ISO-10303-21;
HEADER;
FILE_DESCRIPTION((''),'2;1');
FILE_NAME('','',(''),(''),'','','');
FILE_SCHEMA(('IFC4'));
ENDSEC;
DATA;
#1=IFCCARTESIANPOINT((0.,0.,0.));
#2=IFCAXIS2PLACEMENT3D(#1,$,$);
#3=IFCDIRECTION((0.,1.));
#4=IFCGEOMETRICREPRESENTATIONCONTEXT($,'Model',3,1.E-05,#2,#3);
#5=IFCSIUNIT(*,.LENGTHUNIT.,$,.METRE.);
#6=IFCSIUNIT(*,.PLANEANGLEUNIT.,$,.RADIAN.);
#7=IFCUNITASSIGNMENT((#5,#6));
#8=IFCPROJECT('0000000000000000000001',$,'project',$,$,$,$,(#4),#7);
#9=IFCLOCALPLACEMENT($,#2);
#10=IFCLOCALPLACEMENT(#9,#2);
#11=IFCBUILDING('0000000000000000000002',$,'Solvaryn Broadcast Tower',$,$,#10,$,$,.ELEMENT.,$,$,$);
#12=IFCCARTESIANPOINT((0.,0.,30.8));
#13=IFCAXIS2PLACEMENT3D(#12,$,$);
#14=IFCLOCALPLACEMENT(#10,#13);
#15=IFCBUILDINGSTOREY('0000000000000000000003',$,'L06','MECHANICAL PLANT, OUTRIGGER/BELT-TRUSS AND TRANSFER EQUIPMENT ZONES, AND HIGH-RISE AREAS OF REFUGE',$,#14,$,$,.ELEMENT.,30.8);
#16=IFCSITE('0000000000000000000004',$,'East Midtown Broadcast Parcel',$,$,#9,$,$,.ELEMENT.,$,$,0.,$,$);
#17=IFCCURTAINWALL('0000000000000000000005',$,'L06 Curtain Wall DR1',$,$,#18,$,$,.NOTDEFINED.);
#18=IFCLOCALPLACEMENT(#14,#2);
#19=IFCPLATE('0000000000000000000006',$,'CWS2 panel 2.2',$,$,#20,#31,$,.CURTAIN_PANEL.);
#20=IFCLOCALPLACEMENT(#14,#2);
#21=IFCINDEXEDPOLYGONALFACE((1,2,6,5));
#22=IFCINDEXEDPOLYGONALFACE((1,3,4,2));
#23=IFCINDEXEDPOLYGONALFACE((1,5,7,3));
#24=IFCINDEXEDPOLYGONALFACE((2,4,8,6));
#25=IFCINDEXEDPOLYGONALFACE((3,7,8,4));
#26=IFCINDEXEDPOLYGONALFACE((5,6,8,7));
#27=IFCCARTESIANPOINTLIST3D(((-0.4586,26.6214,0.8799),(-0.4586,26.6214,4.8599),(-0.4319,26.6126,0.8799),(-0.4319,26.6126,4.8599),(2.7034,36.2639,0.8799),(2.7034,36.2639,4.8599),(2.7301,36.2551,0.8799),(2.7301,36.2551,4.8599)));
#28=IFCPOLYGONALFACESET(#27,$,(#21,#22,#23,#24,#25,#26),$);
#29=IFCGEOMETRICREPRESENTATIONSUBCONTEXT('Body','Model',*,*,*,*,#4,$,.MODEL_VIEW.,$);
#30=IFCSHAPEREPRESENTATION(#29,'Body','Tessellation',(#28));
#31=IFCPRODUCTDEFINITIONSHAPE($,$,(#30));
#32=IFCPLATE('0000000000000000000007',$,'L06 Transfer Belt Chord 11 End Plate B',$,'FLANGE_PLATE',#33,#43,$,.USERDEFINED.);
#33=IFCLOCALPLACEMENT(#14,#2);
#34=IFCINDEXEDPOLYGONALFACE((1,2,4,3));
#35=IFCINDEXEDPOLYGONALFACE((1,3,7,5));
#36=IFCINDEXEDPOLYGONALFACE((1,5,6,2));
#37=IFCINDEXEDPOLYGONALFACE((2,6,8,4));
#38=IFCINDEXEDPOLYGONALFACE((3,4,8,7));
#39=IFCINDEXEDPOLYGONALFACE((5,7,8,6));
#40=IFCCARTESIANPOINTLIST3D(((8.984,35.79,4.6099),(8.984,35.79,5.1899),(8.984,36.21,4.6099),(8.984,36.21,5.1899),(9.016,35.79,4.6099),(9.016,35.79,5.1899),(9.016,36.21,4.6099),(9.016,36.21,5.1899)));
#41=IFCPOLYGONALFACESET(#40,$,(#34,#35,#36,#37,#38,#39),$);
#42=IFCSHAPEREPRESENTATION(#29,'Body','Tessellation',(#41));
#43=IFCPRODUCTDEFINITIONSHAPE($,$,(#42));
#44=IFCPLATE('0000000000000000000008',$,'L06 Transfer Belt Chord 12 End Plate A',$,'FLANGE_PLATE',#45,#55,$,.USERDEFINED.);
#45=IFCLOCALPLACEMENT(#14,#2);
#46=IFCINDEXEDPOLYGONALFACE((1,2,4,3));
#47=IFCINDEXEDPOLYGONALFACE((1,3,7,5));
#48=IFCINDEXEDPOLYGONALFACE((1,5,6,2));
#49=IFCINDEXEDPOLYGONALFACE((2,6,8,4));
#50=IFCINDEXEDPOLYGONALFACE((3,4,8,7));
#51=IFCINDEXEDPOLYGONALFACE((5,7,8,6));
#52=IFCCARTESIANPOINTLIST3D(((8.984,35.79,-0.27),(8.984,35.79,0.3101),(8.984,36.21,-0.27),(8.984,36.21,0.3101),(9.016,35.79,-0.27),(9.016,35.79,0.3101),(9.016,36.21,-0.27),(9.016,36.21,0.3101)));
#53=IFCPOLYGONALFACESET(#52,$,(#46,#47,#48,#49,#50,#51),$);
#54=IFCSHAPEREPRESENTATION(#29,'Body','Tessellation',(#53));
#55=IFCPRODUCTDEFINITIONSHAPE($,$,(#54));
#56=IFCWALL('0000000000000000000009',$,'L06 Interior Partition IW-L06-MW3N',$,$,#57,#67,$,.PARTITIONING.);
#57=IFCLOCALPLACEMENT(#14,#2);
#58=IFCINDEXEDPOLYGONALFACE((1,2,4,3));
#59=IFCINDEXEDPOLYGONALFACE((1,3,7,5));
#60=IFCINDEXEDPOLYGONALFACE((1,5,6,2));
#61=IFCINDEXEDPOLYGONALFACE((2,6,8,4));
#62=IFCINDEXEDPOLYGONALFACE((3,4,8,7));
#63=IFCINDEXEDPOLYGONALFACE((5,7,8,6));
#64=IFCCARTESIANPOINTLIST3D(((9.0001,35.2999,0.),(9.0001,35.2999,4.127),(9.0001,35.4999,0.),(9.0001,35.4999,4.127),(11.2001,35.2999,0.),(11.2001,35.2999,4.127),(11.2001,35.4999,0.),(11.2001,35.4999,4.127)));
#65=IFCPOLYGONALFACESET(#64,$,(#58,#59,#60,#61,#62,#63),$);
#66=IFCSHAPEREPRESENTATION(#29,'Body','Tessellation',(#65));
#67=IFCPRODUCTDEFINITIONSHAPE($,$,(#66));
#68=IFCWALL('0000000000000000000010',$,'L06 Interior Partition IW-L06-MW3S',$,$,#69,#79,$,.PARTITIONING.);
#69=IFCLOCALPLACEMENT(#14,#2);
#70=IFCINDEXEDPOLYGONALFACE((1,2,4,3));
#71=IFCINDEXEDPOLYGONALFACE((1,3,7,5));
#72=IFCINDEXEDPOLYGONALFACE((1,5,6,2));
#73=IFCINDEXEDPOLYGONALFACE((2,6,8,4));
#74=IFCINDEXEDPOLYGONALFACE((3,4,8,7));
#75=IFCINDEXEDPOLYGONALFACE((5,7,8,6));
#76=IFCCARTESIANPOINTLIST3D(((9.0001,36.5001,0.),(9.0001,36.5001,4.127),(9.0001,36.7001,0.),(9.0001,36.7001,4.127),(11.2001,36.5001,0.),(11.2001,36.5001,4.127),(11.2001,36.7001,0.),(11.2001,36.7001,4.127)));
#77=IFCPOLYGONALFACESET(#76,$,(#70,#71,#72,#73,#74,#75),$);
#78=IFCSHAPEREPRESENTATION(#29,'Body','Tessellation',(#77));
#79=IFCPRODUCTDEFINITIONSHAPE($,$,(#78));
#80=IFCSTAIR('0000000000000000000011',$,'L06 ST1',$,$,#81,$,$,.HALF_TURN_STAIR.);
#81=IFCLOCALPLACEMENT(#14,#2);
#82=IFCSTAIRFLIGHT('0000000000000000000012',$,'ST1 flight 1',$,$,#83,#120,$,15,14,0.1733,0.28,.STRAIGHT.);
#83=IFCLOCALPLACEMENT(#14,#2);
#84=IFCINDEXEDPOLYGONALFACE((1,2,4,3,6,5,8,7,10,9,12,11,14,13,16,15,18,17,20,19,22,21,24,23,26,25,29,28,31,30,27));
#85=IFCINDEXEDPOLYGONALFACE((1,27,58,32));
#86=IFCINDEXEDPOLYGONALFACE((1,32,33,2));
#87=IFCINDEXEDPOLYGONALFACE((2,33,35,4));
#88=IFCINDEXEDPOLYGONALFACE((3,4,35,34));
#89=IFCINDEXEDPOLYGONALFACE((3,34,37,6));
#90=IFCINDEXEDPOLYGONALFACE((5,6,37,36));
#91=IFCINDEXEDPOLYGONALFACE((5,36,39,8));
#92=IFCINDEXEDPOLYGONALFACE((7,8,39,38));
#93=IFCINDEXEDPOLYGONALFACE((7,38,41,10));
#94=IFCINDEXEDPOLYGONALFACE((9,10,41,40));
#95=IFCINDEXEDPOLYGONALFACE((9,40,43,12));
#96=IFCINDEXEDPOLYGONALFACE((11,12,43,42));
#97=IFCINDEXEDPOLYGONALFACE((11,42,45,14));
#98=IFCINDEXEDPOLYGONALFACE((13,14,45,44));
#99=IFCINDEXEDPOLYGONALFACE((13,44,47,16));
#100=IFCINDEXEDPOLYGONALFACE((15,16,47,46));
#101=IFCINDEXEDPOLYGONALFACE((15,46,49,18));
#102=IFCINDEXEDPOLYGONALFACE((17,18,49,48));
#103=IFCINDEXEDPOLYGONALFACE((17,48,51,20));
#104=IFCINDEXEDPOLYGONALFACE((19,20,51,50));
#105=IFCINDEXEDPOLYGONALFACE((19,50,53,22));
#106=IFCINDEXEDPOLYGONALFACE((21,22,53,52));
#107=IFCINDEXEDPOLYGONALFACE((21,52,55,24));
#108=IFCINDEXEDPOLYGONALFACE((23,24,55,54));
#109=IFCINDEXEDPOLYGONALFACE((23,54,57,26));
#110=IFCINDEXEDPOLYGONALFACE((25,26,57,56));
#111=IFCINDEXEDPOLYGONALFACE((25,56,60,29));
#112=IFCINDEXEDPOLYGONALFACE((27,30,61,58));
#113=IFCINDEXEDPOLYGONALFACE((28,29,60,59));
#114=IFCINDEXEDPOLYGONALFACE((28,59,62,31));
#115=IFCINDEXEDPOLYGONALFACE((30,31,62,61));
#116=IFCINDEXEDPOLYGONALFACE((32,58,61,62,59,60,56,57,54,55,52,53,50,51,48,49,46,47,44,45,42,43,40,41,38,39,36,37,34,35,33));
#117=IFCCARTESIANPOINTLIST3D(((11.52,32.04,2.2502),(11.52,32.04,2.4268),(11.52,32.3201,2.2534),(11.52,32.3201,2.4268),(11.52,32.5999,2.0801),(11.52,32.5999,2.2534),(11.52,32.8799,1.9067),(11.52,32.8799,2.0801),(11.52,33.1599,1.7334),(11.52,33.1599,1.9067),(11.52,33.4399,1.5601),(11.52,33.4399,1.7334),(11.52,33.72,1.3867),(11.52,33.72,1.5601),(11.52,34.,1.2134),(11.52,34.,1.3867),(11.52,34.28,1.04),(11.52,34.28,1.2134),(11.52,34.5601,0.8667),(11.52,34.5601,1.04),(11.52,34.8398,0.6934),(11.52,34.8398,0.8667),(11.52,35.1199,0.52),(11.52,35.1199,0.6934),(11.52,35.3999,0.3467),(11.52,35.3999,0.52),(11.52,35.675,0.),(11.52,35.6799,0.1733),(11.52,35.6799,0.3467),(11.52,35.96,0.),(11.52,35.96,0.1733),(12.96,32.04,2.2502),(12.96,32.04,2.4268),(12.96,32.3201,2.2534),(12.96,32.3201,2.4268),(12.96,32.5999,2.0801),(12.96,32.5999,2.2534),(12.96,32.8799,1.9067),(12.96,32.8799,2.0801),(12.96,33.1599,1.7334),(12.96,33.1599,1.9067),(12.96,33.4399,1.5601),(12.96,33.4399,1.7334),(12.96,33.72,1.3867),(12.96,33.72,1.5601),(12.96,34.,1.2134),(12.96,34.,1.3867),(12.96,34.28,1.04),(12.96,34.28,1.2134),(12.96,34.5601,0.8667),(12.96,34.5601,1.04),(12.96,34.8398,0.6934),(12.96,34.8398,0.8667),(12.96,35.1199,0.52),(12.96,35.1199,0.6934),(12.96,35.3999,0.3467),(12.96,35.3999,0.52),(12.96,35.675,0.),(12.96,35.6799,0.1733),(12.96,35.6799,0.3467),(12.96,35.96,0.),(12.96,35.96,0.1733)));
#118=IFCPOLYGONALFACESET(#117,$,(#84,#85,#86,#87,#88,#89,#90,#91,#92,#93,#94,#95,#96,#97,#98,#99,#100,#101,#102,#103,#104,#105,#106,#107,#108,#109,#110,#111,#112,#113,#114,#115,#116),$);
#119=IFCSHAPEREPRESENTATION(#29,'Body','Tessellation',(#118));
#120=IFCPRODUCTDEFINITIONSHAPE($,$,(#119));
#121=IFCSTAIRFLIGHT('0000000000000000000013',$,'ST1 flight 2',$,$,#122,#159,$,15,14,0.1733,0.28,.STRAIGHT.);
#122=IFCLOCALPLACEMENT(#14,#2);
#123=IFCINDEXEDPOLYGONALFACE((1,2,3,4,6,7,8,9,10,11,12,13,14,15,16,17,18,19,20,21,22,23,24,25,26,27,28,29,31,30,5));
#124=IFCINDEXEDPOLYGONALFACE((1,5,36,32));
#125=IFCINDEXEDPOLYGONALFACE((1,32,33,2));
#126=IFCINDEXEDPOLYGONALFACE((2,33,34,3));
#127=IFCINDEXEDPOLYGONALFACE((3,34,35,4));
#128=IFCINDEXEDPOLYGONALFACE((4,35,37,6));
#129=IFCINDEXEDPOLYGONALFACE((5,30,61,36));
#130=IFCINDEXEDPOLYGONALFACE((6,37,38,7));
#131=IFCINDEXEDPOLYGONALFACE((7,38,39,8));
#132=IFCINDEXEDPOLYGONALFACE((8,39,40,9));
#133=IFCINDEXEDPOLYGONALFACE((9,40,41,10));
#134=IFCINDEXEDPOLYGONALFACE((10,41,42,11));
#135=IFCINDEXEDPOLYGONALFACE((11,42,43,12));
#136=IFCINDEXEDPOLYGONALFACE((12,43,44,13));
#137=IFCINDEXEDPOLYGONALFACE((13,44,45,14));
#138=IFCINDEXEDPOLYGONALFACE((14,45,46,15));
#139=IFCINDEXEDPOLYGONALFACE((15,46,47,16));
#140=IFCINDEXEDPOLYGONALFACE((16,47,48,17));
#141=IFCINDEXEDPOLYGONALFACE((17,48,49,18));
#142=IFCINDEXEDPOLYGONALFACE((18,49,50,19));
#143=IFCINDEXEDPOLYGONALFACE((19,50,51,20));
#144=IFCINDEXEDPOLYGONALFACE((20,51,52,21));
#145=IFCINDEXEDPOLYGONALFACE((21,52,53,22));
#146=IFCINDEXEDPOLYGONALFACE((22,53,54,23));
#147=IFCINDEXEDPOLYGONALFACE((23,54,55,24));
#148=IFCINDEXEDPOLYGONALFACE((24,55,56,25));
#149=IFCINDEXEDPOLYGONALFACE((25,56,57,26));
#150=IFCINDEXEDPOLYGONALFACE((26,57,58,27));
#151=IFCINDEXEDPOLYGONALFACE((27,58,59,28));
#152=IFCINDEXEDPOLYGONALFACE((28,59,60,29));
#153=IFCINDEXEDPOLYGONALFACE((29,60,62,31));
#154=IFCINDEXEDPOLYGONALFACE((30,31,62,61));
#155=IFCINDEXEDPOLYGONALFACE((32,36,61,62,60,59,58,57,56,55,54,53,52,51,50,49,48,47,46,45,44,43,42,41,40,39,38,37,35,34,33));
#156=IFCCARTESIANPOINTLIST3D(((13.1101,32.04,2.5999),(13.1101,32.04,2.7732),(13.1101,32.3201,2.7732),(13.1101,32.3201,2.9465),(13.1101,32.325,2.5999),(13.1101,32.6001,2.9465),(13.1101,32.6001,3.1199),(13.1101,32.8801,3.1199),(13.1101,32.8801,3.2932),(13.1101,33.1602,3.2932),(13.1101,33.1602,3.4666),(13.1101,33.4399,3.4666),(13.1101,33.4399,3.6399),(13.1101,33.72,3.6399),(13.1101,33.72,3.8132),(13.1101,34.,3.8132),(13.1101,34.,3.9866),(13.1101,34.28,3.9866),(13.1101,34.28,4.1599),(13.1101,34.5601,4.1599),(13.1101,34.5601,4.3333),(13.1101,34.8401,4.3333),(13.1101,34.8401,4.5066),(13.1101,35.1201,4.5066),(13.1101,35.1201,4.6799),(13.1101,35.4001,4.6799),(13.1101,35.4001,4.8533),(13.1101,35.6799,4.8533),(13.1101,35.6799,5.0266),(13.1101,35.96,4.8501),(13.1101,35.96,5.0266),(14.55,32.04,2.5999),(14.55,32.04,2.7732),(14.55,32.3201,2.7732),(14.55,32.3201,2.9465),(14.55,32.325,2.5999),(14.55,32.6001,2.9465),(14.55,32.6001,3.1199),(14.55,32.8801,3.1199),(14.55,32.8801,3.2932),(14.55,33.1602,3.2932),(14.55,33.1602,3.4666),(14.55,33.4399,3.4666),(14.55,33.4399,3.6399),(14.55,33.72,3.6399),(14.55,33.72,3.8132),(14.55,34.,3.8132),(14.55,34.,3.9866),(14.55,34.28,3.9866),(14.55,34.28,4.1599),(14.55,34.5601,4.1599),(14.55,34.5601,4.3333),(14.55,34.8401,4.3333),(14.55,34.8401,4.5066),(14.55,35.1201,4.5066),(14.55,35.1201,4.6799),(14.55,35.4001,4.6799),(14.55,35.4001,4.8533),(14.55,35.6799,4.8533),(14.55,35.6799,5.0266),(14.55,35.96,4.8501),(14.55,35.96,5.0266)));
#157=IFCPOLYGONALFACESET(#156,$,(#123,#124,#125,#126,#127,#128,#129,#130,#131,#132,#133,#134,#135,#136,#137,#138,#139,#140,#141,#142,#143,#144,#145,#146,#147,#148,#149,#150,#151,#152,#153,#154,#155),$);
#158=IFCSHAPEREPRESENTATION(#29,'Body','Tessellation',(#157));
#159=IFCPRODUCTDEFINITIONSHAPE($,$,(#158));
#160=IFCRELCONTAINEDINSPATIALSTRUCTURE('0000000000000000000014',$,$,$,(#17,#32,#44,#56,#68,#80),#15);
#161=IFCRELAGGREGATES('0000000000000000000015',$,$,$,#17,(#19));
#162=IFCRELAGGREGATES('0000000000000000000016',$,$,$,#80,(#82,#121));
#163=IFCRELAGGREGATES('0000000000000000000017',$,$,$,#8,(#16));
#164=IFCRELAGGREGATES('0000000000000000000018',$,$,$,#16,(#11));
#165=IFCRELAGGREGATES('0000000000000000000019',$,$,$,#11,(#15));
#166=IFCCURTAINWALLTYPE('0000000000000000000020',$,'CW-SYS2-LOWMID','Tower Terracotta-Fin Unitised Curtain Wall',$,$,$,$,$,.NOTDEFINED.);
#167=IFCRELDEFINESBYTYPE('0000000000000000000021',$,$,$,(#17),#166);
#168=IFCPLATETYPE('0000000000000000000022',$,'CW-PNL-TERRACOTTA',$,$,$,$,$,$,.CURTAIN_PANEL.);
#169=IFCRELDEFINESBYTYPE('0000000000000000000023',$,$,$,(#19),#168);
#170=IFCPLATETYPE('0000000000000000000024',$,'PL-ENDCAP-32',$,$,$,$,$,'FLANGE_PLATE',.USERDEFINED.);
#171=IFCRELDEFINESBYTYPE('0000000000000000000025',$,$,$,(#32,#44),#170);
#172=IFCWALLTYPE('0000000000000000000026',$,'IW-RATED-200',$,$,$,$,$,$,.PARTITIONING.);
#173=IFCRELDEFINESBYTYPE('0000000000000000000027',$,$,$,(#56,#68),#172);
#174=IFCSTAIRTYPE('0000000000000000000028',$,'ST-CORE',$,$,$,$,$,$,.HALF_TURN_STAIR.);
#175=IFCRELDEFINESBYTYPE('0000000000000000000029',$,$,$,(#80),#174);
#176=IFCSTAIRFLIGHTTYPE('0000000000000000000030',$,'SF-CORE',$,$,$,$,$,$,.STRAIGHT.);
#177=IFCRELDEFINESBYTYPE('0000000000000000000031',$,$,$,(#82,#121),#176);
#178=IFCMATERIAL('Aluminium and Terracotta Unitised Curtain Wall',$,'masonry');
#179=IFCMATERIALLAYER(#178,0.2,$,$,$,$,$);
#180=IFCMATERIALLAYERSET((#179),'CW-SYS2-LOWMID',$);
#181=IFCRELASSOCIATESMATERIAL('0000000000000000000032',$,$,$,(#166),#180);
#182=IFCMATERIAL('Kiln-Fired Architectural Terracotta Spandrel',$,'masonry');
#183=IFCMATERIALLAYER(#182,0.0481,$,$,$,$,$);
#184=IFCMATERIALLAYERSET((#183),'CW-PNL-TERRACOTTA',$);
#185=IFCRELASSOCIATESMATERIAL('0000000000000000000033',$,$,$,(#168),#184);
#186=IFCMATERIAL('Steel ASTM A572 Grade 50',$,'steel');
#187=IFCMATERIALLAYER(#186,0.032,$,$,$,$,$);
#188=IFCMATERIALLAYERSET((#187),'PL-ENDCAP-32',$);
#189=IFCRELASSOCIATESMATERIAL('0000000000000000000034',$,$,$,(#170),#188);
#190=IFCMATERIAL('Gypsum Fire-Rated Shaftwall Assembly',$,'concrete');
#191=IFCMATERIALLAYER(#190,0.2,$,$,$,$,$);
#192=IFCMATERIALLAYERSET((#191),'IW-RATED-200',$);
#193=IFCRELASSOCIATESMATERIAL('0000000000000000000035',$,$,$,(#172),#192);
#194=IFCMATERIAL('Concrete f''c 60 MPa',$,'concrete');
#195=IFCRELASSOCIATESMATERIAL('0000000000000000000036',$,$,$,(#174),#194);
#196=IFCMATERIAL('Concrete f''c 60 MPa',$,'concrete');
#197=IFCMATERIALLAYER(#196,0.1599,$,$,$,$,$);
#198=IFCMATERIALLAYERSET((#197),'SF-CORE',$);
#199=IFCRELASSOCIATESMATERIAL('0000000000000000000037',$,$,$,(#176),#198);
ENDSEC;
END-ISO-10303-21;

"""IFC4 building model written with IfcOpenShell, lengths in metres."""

from ifc_helpers import new_model, si_unit, direction, frame, frame_2d, origin, origin_2d, place, context, subcontext, project, spatial, polyline, rectangle, outline, extrude, material, layer, layer_set, type_object, element, aggregate, save


model = new_model("IFC4")

# Units and contexts
model_context = context("Model", 3, precision=1e-05, world=origin(), true_north=direction((0.0, 1.0)))
body_context = subcontext(model_context, "Body", "Model", "MODEL_VIEW")
ifc_project = project(units=[si_unit("LENGTHUNIT", "METRE"), si_unit("PLANEANGLEUNIT", "RADIAN")], contexts=[model_context])

# Site, building, storey
site_placement = place(None, origin())
site = spatial("IfcSite", under=ifc_project, at=site_placement, Name="East Midtown Broadcast Parcel", CompositionType="ELEMENT", RefElevation=0.0)
building_placement = place(site_placement, origin())
building = spatial("IfcBuilding", under=site, at=building_placement, Name="Solvaryn Broadcast Tower", CompositionType="ELEMENT")
storey_placement = place(building_placement, frame((0.0, 0.0, 30.8)))
storey = spatial("IfcBuildingStorey", under=building, at=storey_placement, Name="L06", Description="MECHANICAL PLANT, OUTRIGGER/BELT-TRUSS AND TRANSFER EQUIPMENT ZONES, AND HIGH-RISE AREAS OF REFUGE", CompositionType="ELEMENT", Elevation=30.8)

# Curtain wall
ifc_material_1 = material(Name="Aluminium and Terracotta Unitised Curtain Wall", Category="masonry")
ifc_layer_1 = layer(ifc_material_1, 0.2)
ifc_layer_set_1 = layer_set([ifc_layer_1], Name="CW-SYS2-LOWMID")
curtain_wall_type = type_object("IfcCurtainWallType", Name="CW-SYS2-LOWMID", Description="Tower Terracotta-Fin Unitised Curtain Wall", PredefinedType="NOTDEFINED", material=ifc_layer_set_1)
curtain_wall_placement = place(storey_placement, origin())
curtain_wall = element("IfcCurtainWall", 1, at=curtain_wall_placement, inside=storey, type_object=curtain_wall_type, Name="L06 Curtain Wall DR1", PredefinedType="NOTDEFINED")

# Plate
ifc_material_2 = material(Name="Kiln-Fired Architectural Terracotta Spandrel", Category="masonry")
ifc_layer_2 = layer(ifc_material_2, 0.0481)
ifc_layer_set_2 = layer_set([ifc_layer_2], Name="CW-PNL-TERRACOTTA")
plate_type_1 = type_object("IfcPlateType", Name="CW-PNL-TERRACOTTA", PredefinedType="CURTAIN_PANEL", material=ifc_layer_set_2)
plate_placement = place(storey_placement, frame((1.1357, 31.4382, 0.8799), z_axis=(0.0, 0.0, 1.0), x_axis=(-0.311594, -0.950215, 0.0)))
plate = element("IfcPlate", 2, at=plate_placement, type_object=plate_type_1, Name="CWS2 panel 2.2", PredefinedType="CURTAIN_PANEL", context=body_context, shape_type="SweptSolid", body=[
    extrude(rectangle(XDim=10.1477, YDim=0.0281, at=origin_2d()), origin(), (0.0, 0.0, 1.0), 3.98),
])
aggregate(curtain_wall, [plate])

# Plates
ifc_material_3 = material(Name="Steel ASTM A572 Grade 50", Category="steel")
ifc_layer_3 = layer(ifc_material_3, 0.032)
ifc_layer_set_3 = layer_set([ifc_layer_3], Name="PL-ENDCAP-32")
plate_type_2 = type_object("IfcPlateType", Name="PL-ENDCAP-32", ElementType="FLANGE_PLATE", PredefinedType="USERDEFINED", material=ifc_layer_set_3)
for number, where, z_axis, x_axis, name in (
    (3, (9.0, 36.0, 4.6099), (0.0, 0.0, 1.0), (1.0, 0.0, 0.0), "L06 Transfer Belt Chord 11 End Plate B"),
    (4, (9.0, 36.0, -0.27), (0.0, 0.0, 1.0), (1.0, 0.0, 0.0), "L06 Transfer Belt Chord 12 End Plate A"),
):
    element("IfcPlate", number, at=place(storey_placement, frame(where, z_axis=z_axis, x_axis=x_axis)), inside=storey, type_object=plate_type_2, Name=name, ObjectType="FLANGE_PLATE", PredefinedType="USERDEFINED", context=body_context, shape_type="SweptSolid", body=[
        extrude(rectangle(XDim=0.032, YDim=0.4199, at=origin_2d()), origin(), (0.0, 0.0, 1.0), 0.5801),
    ])

# Walls
ifc_material_4 = material(Name="Gypsum Fire-Rated Shaftwall Assembly", Category="concrete")
ifc_layer_4 = layer(ifc_material_4, 0.2)
ifc_layer_set_4 = layer_set([ifc_layer_4], Name="IW-RATED-200")
wall_type = type_object("IfcWallType", Name="IW-RATED-200", PredefinedType="PARTITIONING", material=ifc_layer_set_4)
for number, where, z_axis, x_axis, name in (
    (5, (9.0, 35.3999, 0.0), (0.0, 0.0, 1.0), (1.0, 0.0, 0.0), "L06 Interior Partition IW-L06-MW3N"),
    (6, (9.0, 36.6001, 0.0), (0.0, 0.0, 1.0), (1.0, 0.0, 0.0), "L06 Interior Partition IW-L06-MW3S"),
):
    element("IfcWall", number, at=place(storey_placement, frame(where, z_axis=z_axis, x_axis=x_axis)), inside=storey, type_object=wall_type, Name=name, PredefinedType="PARTITIONING", context=body_context, shape_type="SweptSolid", body=[
        extrude(rectangle(XDim=2.2, YDim=0.2, at=frame_2d((1.1001, 0.0))), origin(), (0.0, 0.0, 1.0), 4.127),
    ])

# Stair, stair flights
ifc_material_5 = material(Name="Concrete f'c 60 MPa", Category="concrete")
stair_type = type_object("IfcStairType", Name="ST-CORE", PredefinedType="HALF_TURN_STAIR", material=ifc_material_5)
stair_placement = place(storey_placement, origin())
stair = element("IfcStair", 7, at=stair_placement, inside=storey, type_object=stair_type, Name="L06 ST1", PredefinedType="HALF_TURN_STAIR")
ifc_material_6 = material(Name="Concrete f'c 60 MPa", Category="concrete")
ifc_layer_5 = layer(ifc_material_6, 0.1599)
ifc_layer_set_5 = layer_set([ifc_layer_5], Name="SF-CORE")
stair_flight_type = type_object("IfcStairFlightType", Name="SF-CORE", PredefinedType="STRAIGHT", material=ifc_layer_set_5)
stair_flight_1_placement = place(storey_placement, frame((12.24, 35.96, 0.0), z_axis=(0.0, 0.0, 1.0), x_axis=(0.0, -1.0, 0.0)))
stair_flight_1 = element("IfcStairFlight", 8, at=stair_flight_1_placement, type_object=stair_flight_type, Name="ST1 flight 1", NumberOfRisers=15, NumberOfTreads=14, PredefinedType="STRAIGHT", RiserHeight=0.1733, TreadLength=0.28, context=body_context, shape_type="SweptSolid", body=[
    extrude(outline(polyline([(0.0, 0.0), (0.0, 0.1733), (0.28, 0.1733), (0.28, 0.3467), (0.5601, 0.3467), (0.5601, 0.52), (0.8401, 0.52), (0.8401, 0.6934), (1.1201, 0.6934), (1.1201, 0.8667), (1.3999, 0.8667), (1.3999, 1.04), (1.6799, 1.04), (1.6799, 1.2134), (1.96, 1.2134), (1.96, 1.3867), (2.24, 1.3867), (2.24, 1.5601), (2.52, 1.5601), (2.52, 1.7334), (2.8, 1.7334), (2.8, 1.9067), (3.0801, 1.9067), (3.0801, 2.0801), (3.3601, 2.0801), (3.3601, 2.2534), (3.6399, 2.2534), (3.6399, 2.4268), (3.9199, 2.4268), (3.9199, 2.6001), (3.9199, 2.2502), (0.2849, 0.0), (0.0, 0.0)])), frame((0.0, 0.72, 0.0), z_axis=(0.0, -1.0, 0.0), x_axis=(1.0, 0.0, 0.0)), (0.0, 0.0, 1.0), 1.4399),
])
stair_flight_2_placement = place(storey_placement, frame((13.8301, 32.04, 2.5999), z_axis=(0.0, 0.0, 1.0), x_axis=(0.0, 1.0, 0.0)))
stair_flight_2 = element("IfcStairFlight", 9, at=stair_flight_2_placement, type_object=stair_flight_type, Name="ST1 flight 2", NumberOfRisers=15, NumberOfTreads=14, PredefinedType="STRAIGHT", RiserHeight=0.1733, TreadLength=0.28, context=body_context, shape_type="SweptSolid", body=[
    extrude(outline(polyline([(0.0, 0.0), (0.0, 0.1733), (0.28, 0.1733), (0.28, 0.3467), (0.5601, 0.3467), (0.5601, 0.52), (0.8401, 0.52), (0.8401, 0.6934), (1.1201, 0.6934), (1.1201, 0.8667), (1.3999, 0.8667), (1.3999, 1.04), (1.6799, 1.04), (1.6799, 1.2134), (1.96, 1.2134), (1.96, 1.3867), (2.24, 1.3867), (2.24, 1.5601), (2.52, 1.5601), (2.52, 1.7334), (2.8, 1.7334), (2.8, 1.9067), (3.0801, 1.9067), (3.0801, 2.0801), (3.3601, 2.0801), (3.3601, 2.2534), (3.6399, 2.2534), (3.6399, 2.4268), (3.9199, 2.4268), (3.9199, 2.6001), (3.9199, 2.2502), (0.2849, 0.0), (0.0, 0.0)])), frame((0.0, 0.72, 0.0), z_axis=(0.0, -1.0, 0.0), x_axis=(1.0, 0.0, 0.0)), (0.0, 0.0, 1.0), 1.4399),
])
aggregate(stair, [stair_flight_1, stair_flight_2])

save(model, "model.ifc")
